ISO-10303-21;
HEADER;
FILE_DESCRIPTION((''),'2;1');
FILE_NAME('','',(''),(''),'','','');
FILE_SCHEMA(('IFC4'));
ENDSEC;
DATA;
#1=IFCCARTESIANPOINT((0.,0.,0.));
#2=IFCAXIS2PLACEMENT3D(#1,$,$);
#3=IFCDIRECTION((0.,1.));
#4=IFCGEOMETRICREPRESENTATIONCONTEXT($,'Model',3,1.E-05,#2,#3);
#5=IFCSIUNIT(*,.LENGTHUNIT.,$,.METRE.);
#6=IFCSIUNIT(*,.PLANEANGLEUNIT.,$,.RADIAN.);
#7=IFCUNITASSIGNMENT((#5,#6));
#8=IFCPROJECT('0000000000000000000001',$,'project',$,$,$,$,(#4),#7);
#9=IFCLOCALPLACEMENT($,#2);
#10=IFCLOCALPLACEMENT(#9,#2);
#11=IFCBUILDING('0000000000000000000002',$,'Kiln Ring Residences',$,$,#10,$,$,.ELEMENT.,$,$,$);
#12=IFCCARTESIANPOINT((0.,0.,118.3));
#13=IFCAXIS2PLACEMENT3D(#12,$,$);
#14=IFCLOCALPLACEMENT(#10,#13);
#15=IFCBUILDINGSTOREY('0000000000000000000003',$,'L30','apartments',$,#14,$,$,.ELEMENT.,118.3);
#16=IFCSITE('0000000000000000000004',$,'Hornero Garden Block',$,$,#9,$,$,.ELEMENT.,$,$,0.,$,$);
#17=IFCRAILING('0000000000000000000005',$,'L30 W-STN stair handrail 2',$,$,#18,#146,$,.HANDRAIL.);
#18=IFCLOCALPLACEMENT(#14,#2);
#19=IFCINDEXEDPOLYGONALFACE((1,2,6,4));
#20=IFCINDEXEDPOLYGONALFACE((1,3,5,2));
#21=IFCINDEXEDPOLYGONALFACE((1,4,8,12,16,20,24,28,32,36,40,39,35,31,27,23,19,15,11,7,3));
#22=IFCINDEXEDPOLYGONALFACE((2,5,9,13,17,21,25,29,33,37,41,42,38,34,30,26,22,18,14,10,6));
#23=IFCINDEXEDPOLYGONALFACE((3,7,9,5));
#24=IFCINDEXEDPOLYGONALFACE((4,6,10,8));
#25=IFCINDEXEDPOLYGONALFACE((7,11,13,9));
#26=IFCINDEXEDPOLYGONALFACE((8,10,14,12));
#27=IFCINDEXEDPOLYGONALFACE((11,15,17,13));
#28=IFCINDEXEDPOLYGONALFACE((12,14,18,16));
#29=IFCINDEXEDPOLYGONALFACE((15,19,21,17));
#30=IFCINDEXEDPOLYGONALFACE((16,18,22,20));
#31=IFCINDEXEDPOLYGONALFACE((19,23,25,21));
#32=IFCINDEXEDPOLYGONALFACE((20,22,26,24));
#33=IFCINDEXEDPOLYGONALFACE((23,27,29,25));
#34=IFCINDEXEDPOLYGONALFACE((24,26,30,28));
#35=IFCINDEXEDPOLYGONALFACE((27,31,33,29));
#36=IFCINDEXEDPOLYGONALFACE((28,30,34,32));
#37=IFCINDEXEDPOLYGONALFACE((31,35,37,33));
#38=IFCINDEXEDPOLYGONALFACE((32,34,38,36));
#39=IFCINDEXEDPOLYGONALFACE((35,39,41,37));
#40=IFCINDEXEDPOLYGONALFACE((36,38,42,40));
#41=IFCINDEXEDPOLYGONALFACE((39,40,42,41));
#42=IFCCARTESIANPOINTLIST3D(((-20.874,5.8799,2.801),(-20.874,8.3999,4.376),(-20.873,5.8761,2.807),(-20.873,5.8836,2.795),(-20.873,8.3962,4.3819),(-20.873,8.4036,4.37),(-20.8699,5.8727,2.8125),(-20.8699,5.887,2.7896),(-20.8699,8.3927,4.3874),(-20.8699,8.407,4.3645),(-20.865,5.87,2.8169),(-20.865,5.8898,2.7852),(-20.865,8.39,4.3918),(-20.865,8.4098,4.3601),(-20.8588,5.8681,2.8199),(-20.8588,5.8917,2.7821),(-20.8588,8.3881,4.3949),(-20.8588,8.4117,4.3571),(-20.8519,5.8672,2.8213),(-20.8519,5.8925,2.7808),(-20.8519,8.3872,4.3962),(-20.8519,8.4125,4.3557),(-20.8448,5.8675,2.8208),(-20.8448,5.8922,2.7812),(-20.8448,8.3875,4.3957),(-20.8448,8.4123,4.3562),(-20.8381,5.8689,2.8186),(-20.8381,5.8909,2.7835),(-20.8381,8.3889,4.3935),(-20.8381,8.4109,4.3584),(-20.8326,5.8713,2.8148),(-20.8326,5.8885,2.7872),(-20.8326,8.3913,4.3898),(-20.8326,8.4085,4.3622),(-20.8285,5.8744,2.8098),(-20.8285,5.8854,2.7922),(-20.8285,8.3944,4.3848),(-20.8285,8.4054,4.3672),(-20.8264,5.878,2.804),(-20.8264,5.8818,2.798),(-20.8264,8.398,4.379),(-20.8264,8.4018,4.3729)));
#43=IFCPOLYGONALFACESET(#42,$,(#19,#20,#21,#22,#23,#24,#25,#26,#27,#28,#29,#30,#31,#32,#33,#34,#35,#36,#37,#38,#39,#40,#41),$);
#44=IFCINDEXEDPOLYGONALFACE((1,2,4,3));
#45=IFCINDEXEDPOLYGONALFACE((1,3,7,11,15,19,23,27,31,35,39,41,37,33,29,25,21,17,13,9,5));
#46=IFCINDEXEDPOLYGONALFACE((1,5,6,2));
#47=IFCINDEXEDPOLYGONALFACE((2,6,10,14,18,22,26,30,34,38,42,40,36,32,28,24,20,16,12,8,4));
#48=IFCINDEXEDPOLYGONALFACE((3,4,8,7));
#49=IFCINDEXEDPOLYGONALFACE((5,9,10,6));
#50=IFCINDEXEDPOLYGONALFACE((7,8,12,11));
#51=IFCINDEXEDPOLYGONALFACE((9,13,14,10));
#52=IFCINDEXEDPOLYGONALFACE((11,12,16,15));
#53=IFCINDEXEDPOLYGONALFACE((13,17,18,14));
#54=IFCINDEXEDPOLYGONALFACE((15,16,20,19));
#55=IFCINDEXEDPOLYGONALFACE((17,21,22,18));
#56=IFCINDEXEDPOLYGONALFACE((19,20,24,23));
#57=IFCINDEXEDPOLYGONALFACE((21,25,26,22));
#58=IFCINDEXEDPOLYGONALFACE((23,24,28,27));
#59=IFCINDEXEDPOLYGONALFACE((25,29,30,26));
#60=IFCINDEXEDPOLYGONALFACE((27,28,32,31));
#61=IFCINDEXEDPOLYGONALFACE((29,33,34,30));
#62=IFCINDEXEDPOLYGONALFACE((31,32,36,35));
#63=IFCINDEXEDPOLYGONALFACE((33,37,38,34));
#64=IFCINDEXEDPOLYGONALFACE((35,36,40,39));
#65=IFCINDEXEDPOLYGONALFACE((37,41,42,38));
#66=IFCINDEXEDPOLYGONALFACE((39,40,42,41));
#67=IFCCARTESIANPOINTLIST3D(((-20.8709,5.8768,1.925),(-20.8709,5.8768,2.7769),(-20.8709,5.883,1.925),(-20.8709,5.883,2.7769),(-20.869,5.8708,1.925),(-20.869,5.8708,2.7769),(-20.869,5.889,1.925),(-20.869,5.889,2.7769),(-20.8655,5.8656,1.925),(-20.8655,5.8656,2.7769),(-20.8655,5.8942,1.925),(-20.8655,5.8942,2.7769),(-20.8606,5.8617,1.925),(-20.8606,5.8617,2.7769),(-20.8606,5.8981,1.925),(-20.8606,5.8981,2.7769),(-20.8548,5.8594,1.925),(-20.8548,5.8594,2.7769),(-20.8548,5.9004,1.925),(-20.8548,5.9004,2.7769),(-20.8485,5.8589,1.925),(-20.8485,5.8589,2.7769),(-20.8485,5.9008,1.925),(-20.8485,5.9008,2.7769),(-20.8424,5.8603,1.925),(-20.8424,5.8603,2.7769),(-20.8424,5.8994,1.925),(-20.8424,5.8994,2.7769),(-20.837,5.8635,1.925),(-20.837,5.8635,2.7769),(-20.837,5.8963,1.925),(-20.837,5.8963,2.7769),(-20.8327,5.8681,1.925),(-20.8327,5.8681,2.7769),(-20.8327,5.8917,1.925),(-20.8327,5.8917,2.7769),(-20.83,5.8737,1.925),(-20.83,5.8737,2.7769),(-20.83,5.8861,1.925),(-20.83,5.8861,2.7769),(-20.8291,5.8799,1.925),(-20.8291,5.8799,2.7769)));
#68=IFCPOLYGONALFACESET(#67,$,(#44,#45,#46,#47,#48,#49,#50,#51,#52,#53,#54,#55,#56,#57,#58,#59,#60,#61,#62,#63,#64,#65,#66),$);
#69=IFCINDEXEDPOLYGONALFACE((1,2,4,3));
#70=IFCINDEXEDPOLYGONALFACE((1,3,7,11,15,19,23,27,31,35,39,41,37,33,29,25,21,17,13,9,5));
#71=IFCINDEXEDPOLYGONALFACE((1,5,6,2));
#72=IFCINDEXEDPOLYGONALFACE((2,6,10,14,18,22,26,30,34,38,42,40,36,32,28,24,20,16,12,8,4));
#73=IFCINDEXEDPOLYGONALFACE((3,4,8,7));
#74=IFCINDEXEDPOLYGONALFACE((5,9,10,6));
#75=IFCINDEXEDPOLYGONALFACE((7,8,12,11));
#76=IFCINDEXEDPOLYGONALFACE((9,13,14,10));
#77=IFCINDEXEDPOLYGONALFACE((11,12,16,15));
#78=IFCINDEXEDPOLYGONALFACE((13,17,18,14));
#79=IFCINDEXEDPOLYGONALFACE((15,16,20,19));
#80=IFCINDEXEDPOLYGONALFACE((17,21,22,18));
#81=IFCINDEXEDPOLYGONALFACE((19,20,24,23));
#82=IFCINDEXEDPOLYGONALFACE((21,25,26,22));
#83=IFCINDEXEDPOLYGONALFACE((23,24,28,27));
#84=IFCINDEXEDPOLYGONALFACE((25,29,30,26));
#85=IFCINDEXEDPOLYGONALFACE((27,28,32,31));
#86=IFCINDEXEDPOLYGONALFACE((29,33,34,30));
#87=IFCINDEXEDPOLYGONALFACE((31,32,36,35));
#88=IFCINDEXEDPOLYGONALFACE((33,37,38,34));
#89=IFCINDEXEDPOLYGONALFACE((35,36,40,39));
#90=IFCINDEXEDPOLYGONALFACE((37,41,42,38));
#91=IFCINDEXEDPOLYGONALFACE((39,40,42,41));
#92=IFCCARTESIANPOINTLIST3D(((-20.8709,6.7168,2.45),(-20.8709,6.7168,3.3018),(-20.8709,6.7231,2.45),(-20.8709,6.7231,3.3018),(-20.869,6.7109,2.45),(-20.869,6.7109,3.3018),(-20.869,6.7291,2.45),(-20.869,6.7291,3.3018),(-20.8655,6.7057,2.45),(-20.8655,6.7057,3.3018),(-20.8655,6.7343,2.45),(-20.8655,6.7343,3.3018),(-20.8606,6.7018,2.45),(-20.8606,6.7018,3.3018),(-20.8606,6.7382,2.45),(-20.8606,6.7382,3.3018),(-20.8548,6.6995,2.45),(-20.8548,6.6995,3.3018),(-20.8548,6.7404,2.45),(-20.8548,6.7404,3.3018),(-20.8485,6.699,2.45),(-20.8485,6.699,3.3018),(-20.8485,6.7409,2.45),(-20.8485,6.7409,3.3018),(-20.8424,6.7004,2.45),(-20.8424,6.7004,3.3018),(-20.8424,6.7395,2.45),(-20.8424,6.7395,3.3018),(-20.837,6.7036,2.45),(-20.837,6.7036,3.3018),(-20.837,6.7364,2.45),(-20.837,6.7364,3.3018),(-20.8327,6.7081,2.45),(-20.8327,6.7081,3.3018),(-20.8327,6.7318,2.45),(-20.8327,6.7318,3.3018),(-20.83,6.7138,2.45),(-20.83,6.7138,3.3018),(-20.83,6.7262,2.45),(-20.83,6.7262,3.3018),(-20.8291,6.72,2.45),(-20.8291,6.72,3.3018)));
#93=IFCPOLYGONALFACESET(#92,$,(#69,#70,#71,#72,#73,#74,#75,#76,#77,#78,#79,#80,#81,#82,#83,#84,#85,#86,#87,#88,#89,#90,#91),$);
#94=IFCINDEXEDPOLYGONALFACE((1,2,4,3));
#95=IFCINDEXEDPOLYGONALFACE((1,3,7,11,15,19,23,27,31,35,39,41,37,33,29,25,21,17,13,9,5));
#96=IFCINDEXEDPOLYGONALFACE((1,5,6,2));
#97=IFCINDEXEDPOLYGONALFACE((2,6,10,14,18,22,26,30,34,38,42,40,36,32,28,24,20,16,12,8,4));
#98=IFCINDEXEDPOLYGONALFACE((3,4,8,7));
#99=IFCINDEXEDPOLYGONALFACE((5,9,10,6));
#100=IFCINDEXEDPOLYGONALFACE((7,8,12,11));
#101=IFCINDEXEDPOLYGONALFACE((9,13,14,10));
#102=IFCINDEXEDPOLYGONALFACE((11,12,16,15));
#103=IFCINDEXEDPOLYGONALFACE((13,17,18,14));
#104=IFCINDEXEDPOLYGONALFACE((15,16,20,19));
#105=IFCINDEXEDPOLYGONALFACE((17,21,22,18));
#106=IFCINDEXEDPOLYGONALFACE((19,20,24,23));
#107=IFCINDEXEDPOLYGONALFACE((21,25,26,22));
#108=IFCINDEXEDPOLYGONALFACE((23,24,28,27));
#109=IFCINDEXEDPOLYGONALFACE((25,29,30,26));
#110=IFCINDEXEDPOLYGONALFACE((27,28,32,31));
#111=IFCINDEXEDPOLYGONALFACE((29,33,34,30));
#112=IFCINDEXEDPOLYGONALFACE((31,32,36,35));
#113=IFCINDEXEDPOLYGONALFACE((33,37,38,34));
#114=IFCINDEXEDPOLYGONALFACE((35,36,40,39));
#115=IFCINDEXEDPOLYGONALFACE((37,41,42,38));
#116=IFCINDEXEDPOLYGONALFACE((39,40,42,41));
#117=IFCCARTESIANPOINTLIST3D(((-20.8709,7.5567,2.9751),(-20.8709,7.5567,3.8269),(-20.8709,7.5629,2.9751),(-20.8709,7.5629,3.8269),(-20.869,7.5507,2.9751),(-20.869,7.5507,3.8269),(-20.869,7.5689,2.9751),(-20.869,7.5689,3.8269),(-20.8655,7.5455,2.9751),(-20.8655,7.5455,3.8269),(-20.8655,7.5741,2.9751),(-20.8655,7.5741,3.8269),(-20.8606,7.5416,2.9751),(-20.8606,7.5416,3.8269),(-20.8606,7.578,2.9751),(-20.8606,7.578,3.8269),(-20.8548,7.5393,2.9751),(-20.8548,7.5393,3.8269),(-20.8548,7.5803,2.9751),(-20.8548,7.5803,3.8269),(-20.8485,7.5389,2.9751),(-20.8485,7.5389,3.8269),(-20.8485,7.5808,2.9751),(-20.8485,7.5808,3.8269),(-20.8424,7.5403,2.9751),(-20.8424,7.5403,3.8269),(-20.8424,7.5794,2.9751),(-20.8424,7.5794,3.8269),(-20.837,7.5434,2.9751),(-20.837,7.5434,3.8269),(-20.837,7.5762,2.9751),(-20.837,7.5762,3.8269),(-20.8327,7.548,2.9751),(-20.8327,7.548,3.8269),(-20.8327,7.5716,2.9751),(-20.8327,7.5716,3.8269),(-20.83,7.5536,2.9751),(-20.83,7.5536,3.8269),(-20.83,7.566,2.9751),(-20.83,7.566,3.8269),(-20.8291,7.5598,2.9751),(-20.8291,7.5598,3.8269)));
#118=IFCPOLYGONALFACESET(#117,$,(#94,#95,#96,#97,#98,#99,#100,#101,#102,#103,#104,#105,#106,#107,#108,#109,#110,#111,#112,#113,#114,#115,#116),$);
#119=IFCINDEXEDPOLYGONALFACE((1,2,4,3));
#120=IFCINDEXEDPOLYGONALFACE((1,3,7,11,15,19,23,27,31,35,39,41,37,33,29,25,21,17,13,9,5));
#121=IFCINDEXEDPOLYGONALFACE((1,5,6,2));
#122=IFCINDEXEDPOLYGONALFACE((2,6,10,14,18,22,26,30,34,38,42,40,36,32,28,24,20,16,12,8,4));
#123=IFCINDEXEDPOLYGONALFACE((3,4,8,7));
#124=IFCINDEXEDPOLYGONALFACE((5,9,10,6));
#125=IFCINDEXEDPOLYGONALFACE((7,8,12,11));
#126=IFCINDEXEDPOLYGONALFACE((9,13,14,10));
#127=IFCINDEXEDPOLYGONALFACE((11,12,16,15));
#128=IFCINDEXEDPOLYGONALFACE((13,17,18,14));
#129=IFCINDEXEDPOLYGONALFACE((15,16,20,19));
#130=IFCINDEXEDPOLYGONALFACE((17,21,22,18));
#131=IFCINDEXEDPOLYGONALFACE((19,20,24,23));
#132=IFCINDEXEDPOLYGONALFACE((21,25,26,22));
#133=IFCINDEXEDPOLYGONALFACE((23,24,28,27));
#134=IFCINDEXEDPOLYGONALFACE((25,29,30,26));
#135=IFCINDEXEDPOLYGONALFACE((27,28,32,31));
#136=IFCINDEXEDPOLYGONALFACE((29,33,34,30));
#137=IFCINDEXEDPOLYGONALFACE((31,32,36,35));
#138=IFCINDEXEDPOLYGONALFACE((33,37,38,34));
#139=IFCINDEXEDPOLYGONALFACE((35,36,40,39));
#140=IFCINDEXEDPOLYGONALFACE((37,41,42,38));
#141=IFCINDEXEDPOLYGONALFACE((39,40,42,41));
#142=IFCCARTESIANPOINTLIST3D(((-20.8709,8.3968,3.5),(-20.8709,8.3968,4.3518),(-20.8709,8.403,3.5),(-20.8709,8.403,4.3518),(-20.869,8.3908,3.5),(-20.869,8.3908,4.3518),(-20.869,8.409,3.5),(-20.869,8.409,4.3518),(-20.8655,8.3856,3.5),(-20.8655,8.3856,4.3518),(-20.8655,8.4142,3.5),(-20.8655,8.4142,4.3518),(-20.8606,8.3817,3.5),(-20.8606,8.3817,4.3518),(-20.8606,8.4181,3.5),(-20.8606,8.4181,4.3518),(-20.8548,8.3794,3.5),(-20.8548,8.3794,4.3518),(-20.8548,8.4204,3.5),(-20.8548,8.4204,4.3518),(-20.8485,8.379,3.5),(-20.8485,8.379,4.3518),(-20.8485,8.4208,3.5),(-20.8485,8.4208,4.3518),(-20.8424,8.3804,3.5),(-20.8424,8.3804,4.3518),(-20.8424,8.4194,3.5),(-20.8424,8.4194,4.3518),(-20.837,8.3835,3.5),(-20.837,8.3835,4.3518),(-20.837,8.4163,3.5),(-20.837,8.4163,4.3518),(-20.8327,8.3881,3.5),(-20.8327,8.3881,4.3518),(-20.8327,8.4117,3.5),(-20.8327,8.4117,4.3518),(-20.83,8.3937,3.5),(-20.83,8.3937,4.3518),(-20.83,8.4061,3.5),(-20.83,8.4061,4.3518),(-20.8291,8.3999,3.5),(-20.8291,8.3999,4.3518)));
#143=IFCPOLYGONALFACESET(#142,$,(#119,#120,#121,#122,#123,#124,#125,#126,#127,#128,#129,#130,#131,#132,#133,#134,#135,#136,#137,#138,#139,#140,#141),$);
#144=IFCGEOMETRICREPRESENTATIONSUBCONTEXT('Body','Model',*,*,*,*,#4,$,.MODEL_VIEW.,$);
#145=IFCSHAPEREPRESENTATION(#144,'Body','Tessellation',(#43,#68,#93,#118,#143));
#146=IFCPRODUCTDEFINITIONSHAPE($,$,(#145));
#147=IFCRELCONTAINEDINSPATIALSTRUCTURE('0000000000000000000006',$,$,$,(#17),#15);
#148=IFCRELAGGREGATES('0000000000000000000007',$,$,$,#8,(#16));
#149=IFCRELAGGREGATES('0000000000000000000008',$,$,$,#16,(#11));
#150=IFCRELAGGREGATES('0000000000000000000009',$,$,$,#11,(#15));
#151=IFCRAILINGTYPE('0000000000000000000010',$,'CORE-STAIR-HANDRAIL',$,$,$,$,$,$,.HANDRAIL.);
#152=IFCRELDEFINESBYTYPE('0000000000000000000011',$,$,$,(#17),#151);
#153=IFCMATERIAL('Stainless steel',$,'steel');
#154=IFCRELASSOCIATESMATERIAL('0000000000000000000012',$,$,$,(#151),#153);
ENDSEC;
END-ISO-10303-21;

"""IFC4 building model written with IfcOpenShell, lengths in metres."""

from ifc_helpers import new_model, si_unit, direction, frame, origin, origin_2d, place, context, subcontext, project, spatial, circle, extrude, material, type_object, element, save


model = new_model("IFC4")

# Units and contexts
model_context = context("Model", 3, precision=1e-05, world=origin(), true_north=direction((0.0, 1.0)))
body_context = subcontext(model_context, "Body", "Model", "MODEL_VIEW")
ifc_project = project(units=[si_unit("LENGTHUNIT", "METRE"), si_unit("PLANEANGLEUNIT", "RADIAN")], contexts=[model_context])

# Site, building, storey
site_placement = place(None, origin())
site = spatial("IfcSite", under=ifc_project, at=site_placement, Name="Hornero Garden Block", CompositionType="ELEMENT", RefElevation=0.0)
building_placement = place(site_placement, origin())
building = spatial("IfcBuilding", under=site, at=building_placement, Name="Kiln Ring Residences", CompositionType="ELEMENT")
storey_placement = place(building_placement, frame((0.0, 0.0, 118.3)))
storey = spatial("IfcBuildingStorey", under=building, at=storey_placement, Name="L30", Description="apartments", CompositionType="ELEMENT", Elevation=118.3)

# Railing
ifc_material_1 = material(Name="Stainless steel", Category="steel")
railing_type_1 = type_object("IfcRailingType", Name="CORE-STAIR-HANDRAIL", PredefinedType="HANDRAIL", material=ifc_material_1)
railing_1_placement = place(storey_placement, frame((-20.8501, 5.8799, 1.925)))
element("IfcRailing", 1, at=railing_1_placement, inside=storey, type_object=railing_type_1, Name="L30 W-STN stair handrail 2", PredefinedType="HANDRAIL", context=body_context, shape_type="SweptSolid", body=[
    extrude(circle(Radius=0.0239, at=origin_2d()), frame((0.0, 0.0, 0.876), z_axis=(0.0, 0.848008, 0.529984), x_axis=(-1.0, 0.0, 0.0)), (0.0, 0.0, 1.0), 2.9717),
    extrude(circle(Radius=0.021, at=origin_2d()), origin(), (0.0, 0.0, 1.0), 0.8518),
    extrude(circle(Radius=0.021, at=origin_2d()), frame((0.0, 0.8401, 0.5249)), (0.0, 0.0, 1.0), 0.8518),
    extrude(circle(Radius=0.021, at=origin_2d()), frame((0.0, 1.6799, 1.05)), (0.0, 0.0, 1.0), 0.8518),
    extrude(circle(Radius=0.021, at=origin_2d()), frame((0.0, 2.52, 1.575)), (0.0, 0.0, 1.0), 0.8518),
])

save(model, "model.ifc")
